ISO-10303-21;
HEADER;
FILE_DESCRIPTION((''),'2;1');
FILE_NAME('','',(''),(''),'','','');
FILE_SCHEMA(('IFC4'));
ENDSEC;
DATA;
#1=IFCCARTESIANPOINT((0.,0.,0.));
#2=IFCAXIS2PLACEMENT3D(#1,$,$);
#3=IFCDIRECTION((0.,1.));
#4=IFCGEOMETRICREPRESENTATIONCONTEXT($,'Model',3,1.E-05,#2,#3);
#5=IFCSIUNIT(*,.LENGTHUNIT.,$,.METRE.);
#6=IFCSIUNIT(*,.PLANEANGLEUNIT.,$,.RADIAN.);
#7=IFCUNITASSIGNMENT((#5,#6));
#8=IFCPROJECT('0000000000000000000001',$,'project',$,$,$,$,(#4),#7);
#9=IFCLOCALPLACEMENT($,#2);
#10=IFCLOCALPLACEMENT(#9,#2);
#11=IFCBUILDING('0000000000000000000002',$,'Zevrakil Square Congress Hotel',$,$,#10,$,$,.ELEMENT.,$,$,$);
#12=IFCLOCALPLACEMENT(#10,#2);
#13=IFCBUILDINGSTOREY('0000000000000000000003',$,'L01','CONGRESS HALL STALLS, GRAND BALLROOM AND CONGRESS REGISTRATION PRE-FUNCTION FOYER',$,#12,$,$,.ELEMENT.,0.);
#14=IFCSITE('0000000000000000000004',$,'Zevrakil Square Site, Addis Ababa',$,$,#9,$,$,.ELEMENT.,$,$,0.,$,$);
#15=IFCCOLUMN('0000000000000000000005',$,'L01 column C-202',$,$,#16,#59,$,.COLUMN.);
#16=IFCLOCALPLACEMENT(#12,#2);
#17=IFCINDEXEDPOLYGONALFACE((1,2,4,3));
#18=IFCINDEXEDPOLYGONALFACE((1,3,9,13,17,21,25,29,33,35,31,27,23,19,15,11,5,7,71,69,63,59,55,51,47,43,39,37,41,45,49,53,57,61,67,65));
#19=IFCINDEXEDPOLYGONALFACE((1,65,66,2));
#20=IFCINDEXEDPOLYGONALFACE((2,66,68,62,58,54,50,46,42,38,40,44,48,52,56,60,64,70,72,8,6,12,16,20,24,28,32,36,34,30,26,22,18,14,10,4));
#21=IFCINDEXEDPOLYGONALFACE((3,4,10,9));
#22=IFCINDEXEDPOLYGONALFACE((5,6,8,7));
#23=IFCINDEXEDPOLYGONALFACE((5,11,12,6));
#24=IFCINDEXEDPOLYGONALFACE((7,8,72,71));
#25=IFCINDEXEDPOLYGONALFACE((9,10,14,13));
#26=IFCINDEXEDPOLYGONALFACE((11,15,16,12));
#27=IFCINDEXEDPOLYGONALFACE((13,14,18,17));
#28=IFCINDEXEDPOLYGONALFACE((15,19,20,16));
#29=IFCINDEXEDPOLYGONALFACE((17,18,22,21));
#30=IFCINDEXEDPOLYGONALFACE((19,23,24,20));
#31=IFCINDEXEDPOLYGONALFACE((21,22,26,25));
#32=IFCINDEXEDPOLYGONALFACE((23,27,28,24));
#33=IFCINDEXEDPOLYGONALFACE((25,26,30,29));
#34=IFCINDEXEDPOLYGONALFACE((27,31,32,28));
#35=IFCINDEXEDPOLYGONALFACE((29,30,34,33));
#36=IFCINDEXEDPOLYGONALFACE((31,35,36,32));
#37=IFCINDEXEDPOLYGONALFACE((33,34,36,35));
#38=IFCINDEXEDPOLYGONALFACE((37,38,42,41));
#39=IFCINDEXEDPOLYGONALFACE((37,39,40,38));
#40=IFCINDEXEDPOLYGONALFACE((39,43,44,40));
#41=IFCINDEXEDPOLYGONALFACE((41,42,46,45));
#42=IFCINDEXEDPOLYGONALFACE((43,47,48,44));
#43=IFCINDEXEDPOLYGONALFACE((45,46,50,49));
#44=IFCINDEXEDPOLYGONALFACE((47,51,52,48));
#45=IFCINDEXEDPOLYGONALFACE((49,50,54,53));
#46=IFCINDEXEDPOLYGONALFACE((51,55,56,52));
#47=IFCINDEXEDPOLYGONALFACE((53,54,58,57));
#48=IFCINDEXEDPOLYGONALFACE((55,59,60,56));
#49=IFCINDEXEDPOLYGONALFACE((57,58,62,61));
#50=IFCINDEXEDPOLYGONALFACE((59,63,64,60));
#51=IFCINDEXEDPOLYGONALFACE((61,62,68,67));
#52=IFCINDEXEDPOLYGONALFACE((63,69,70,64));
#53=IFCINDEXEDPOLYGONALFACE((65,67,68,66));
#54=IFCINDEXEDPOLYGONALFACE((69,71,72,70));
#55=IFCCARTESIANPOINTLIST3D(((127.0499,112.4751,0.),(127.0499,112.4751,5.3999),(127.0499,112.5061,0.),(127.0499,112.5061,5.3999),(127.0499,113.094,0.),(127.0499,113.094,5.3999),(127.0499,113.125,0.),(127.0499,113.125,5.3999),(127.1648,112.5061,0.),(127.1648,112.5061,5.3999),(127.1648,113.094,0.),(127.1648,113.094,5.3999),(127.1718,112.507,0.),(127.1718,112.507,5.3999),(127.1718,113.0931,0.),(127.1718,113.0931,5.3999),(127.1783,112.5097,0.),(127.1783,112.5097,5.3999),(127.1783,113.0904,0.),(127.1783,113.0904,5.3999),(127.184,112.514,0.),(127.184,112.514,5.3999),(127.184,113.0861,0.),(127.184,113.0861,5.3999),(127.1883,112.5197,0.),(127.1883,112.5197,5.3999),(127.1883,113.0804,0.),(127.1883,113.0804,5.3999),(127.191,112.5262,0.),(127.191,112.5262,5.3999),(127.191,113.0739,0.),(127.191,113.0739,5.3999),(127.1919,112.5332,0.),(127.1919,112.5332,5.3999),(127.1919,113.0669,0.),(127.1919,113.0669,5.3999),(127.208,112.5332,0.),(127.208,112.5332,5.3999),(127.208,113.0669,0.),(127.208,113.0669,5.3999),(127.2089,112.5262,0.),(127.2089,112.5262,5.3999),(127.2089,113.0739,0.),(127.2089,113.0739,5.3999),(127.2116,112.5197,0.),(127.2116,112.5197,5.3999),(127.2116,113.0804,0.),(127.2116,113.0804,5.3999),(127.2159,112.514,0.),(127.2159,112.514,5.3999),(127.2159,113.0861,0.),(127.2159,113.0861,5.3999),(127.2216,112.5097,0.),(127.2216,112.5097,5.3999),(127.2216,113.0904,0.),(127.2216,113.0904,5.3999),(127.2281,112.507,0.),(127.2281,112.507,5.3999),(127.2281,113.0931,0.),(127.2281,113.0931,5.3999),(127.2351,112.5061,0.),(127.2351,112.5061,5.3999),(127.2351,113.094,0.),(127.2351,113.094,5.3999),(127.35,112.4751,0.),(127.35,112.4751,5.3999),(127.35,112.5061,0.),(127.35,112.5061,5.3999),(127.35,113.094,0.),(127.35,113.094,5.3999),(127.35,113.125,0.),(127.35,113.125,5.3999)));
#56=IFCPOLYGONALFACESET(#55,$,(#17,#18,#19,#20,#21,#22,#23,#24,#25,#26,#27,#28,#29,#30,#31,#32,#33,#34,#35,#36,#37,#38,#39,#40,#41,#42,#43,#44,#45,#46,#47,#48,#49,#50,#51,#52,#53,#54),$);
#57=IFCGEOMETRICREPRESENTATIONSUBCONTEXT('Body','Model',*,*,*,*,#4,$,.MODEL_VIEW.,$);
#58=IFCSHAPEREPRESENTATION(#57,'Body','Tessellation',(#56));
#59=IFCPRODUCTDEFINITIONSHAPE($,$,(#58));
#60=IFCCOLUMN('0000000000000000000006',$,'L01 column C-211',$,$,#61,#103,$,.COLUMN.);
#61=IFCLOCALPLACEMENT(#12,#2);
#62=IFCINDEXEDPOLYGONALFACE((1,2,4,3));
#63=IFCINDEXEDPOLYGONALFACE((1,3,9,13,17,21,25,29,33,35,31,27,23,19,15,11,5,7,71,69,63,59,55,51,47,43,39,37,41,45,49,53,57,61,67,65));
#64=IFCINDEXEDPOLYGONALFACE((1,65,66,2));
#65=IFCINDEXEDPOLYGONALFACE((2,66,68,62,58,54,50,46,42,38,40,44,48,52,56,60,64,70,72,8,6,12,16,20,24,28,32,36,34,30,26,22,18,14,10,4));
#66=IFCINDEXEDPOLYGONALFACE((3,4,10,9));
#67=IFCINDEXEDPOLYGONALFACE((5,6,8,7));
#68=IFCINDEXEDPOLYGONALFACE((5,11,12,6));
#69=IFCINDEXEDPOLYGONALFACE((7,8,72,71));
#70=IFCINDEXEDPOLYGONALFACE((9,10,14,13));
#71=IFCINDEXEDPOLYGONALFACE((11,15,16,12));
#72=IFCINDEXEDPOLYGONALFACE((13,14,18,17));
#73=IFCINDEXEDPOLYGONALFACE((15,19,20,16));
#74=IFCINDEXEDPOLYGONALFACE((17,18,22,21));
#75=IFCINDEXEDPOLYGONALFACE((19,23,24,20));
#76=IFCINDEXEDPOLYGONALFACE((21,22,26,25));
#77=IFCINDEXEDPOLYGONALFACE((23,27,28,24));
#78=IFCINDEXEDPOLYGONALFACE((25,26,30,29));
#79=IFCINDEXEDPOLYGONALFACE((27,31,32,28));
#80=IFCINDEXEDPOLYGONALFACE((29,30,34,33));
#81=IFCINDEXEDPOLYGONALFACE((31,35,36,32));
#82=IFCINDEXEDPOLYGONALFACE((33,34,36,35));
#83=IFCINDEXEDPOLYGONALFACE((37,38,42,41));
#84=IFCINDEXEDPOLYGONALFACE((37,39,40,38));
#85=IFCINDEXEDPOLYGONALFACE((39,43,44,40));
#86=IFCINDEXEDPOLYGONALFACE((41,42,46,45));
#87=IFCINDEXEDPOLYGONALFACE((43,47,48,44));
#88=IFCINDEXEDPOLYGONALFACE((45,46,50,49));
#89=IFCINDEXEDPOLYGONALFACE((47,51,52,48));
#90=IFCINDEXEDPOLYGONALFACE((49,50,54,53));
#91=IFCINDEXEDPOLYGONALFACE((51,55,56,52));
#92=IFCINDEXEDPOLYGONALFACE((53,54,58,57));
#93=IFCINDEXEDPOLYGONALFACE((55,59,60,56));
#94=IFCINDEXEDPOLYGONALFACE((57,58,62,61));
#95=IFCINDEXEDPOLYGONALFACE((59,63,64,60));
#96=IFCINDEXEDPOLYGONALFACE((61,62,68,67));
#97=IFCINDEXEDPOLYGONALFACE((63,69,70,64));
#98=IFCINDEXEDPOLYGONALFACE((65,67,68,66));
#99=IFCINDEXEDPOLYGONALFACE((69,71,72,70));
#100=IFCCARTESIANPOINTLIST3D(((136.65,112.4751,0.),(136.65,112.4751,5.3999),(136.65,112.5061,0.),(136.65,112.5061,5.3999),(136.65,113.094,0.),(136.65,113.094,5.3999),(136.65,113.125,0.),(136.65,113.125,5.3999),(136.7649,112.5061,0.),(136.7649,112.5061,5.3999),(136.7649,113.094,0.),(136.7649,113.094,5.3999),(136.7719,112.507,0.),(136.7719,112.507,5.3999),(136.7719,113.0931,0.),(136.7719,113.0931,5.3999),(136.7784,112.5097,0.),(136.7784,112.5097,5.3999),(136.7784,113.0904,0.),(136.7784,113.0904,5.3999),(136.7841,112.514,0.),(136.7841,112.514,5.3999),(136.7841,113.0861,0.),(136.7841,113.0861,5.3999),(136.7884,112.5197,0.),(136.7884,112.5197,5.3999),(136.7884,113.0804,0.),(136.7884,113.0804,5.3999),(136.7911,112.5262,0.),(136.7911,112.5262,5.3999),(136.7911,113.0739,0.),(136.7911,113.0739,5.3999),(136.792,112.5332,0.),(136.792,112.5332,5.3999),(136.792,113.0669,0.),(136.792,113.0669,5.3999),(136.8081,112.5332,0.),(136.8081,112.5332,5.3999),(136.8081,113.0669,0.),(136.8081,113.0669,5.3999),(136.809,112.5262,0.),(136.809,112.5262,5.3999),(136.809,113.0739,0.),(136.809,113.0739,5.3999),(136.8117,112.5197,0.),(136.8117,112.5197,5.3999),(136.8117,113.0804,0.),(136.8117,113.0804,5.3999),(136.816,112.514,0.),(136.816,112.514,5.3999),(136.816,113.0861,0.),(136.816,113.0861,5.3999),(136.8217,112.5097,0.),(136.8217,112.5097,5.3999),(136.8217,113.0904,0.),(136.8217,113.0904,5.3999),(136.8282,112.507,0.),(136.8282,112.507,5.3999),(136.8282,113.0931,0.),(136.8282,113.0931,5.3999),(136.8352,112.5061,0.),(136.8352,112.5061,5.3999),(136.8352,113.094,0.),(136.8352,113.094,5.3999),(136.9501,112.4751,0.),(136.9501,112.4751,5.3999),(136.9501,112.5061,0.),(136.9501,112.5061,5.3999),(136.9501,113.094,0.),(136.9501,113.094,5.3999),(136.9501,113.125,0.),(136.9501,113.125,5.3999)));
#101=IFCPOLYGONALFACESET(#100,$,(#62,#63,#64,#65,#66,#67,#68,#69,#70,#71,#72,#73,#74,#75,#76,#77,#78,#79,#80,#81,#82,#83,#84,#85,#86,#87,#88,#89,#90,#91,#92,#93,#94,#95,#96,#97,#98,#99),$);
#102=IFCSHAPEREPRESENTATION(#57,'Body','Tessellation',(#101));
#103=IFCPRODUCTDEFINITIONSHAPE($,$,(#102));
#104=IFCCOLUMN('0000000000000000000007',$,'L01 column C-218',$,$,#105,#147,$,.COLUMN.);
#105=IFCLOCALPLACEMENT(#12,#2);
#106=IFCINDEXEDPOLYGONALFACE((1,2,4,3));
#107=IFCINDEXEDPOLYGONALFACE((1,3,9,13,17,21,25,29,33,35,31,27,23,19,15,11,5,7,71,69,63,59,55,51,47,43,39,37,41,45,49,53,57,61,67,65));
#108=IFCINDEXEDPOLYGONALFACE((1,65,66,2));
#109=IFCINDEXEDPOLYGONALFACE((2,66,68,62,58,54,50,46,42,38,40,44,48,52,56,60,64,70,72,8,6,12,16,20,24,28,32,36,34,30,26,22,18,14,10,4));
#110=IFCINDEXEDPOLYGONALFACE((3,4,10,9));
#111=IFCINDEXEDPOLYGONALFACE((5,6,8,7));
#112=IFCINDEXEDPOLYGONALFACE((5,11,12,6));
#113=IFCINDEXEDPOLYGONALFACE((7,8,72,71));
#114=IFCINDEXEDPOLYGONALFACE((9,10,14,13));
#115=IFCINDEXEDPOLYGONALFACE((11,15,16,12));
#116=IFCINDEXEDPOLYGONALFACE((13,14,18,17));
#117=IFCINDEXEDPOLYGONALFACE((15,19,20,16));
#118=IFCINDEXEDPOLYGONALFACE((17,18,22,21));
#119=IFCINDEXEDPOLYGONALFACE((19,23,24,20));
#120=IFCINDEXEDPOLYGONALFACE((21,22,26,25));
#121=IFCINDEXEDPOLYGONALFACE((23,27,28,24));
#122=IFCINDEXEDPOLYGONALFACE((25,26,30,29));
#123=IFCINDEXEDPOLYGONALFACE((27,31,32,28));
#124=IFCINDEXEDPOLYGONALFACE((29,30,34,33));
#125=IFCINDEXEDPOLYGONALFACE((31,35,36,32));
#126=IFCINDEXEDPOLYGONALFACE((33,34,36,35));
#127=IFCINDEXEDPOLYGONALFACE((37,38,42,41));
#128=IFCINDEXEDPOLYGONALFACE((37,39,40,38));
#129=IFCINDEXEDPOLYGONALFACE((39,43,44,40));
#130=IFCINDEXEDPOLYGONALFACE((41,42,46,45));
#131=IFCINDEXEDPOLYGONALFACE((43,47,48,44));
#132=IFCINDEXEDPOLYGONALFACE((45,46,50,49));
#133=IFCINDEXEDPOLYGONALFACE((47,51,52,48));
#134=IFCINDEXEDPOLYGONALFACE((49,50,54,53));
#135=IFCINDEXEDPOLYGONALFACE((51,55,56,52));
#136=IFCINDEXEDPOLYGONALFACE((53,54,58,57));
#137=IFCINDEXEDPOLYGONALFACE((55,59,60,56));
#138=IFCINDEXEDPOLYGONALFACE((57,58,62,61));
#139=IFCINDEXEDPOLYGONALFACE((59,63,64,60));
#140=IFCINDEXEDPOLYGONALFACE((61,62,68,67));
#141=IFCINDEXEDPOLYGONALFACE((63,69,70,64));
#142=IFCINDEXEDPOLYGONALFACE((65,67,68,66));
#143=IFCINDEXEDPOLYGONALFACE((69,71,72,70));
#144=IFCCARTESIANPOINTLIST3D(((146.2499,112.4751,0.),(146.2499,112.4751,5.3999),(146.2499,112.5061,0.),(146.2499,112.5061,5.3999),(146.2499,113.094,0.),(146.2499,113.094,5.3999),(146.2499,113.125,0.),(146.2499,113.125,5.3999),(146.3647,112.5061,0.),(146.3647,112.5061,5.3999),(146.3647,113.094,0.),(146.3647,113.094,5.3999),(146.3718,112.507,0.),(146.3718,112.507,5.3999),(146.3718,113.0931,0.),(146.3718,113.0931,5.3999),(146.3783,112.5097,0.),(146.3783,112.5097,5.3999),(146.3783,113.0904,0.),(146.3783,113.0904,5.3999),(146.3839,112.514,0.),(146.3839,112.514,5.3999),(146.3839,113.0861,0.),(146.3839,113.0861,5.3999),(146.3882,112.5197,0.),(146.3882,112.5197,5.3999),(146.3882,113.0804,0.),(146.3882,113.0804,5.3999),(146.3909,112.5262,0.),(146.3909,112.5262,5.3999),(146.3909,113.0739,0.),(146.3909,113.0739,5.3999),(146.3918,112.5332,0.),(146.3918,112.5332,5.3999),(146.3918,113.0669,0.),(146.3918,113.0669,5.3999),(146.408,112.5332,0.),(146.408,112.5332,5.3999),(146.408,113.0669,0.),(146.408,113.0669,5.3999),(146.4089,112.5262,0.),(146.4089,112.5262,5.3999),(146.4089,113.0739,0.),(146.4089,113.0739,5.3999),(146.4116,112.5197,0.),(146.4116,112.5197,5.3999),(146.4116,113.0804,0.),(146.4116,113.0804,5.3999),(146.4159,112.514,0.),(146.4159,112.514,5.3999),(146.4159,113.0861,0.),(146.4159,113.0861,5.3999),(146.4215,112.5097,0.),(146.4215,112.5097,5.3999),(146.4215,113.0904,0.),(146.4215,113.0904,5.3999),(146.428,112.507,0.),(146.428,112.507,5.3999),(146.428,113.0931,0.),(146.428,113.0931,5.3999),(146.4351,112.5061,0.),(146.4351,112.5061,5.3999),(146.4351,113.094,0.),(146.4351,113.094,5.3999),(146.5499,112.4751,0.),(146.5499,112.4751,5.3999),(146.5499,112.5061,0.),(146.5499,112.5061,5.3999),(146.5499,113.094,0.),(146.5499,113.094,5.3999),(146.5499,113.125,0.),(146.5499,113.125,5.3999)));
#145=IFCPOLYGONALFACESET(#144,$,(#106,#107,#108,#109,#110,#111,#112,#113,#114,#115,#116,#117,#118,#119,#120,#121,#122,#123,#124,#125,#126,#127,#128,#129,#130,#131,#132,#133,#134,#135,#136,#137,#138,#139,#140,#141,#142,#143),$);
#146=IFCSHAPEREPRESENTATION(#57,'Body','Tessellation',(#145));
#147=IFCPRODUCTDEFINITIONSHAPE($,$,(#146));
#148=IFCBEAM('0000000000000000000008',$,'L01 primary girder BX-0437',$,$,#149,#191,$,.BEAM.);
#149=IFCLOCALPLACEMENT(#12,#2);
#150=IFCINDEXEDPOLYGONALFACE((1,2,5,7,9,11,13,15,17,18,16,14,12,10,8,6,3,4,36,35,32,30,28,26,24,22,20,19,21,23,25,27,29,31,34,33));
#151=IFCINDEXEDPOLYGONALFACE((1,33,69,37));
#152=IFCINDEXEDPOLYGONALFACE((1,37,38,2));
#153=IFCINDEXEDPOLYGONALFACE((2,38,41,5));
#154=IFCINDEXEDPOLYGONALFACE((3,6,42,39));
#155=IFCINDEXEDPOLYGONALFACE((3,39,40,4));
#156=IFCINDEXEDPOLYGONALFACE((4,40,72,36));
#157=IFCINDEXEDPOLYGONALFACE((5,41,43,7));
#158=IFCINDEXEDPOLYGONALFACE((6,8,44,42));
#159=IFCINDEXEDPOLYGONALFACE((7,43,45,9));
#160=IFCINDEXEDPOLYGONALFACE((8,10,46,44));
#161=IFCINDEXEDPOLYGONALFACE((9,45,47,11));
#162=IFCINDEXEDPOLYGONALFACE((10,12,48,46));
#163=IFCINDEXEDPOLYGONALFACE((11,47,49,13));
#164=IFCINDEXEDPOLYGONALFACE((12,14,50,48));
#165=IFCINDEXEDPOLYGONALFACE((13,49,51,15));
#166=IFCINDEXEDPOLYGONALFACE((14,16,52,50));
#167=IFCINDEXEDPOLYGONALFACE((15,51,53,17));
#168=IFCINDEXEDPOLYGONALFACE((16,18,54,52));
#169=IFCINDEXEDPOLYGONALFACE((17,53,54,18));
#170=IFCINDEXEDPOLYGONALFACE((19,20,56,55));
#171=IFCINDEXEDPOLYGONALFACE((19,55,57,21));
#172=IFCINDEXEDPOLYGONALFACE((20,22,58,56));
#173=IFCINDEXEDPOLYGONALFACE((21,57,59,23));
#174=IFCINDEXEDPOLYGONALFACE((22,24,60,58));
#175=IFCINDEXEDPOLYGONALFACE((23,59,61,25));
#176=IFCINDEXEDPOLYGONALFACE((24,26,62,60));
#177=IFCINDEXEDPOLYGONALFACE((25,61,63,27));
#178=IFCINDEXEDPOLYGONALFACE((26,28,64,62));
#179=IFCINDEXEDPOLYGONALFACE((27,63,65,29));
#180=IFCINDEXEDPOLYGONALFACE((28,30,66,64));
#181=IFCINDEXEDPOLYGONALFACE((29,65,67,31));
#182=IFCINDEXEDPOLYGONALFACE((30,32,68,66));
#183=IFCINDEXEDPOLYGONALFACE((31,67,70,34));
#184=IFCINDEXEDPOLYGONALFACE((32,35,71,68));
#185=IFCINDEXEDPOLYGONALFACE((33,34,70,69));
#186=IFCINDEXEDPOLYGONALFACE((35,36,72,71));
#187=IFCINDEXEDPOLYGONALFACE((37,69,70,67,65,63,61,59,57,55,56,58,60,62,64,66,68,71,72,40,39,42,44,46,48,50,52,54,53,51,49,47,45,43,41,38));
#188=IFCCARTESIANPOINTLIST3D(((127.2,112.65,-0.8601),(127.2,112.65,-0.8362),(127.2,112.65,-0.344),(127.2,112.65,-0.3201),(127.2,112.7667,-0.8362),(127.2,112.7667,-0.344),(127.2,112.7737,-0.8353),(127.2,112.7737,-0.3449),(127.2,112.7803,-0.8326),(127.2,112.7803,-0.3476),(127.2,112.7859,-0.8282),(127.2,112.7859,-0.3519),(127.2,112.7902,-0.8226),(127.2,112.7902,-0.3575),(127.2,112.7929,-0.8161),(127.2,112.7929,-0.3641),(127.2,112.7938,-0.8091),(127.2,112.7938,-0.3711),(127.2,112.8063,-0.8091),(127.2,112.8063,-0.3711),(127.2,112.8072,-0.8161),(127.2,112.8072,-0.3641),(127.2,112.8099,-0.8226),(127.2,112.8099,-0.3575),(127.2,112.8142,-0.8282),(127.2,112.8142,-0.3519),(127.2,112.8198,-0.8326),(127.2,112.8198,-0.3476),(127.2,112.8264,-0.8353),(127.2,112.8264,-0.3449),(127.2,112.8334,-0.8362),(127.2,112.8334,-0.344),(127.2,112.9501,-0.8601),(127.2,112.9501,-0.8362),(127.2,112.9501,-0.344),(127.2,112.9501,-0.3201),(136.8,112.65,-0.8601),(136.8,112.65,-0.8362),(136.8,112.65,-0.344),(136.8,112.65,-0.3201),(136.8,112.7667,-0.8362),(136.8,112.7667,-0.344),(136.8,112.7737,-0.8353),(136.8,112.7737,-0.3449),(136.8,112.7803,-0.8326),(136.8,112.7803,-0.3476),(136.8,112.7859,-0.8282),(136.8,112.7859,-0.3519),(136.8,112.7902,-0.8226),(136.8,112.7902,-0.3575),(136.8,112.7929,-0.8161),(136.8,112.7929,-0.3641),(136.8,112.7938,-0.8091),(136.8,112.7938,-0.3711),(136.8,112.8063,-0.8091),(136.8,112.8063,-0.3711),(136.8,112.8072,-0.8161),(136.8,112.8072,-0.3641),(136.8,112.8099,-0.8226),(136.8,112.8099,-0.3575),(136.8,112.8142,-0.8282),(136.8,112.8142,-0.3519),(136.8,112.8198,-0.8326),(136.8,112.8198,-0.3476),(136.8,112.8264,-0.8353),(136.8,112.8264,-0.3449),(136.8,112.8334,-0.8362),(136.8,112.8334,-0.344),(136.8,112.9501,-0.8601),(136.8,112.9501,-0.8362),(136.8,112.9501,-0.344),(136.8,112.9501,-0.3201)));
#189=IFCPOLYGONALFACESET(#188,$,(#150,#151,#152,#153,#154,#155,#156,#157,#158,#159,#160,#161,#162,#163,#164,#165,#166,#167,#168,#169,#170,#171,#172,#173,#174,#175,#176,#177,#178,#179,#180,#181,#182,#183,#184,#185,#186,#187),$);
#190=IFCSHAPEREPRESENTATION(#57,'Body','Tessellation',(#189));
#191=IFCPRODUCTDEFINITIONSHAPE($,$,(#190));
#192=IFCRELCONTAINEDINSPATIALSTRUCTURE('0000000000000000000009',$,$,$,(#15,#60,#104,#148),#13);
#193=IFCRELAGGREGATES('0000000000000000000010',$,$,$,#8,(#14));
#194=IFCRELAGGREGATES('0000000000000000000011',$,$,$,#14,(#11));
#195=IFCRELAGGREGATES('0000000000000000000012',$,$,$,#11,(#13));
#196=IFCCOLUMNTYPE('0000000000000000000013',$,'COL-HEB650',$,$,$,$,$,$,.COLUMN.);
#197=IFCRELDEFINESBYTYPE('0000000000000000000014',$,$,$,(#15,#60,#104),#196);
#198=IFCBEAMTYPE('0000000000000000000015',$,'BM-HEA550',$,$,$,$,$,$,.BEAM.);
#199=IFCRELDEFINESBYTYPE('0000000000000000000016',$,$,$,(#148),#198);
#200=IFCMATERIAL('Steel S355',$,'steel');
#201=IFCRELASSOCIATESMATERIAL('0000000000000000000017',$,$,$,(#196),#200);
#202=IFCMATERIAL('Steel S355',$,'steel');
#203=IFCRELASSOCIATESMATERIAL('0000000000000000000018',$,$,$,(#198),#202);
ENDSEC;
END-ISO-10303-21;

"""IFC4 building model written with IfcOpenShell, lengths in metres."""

from ifc_helpers import new_model, si_unit, direction, frame, origin, origin_2d, place, context, subcontext, project, spatial, i_section, extrude, material, material_profile, profile_set, type_object, element, save


model = new_model("IFC4")

# Units and contexts
model_context = context("Model", 3, precision=1e-05, world=origin(), true_north=direction((0.0, 1.0)))
body_context = subcontext(model_context, "Body", "Model", "MODEL_VIEW")
ifc_project = project(units=[si_unit("LENGTHUNIT", "METRE"), si_unit("PLANEANGLEUNIT", "RADIAN")], contexts=[model_context])

# Site, building, storey
site_placement = place(None, origin())
site = spatial("IfcSite", under=ifc_project, at=site_placement, Name="Zevrakil Square Site, Addis Ababa", CompositionType="ELEMENT", RefElevation=0.0)
building_placement = place(site_placement, origin())
building = spatial("IfcBuilding", under=site, at=building_placement, Name="Zevrakil Square Congress Hotel", CompositionType="ELEMENT")
storey_placement = place(building_placement, origin())
storey = spatial("IfcBuildingStorey", under=building, at=storey_placement, Name="L01", Description="CONGRESS HALL STALLS, GRAND BALLROOM AND CONGRESS REGISTRATION PRE-FUNCTION FOYER", CompositionType="ELEMENT", Elevation=0.0)

# Columns
ifc_material_1 = material(Name="Steel S355", Category="steel")
ifc_material_profile_1 = material_profile(ifc_material_1, i_section(OverallWidth=0.3, OverallDepth=0.6499, WebThickness=0.0161, FlangeThickness=0.031, FilletRadius=0.0271, at=origin_2d()), Name="HEB 650")
ifc_profile_set_1 = profile_set([ifc_material_profile_1], Name="Steel S355")
column_type = type_object("IfcColumnType", Name="COL-HEB650", PredefinedType="COLUMN", material=ifc_profile_set_1)
for number, where, z_axis, x_axis, name in (
    (1, (127.2, 112.8, 0.0), (0.0, 0.0, 1.0), (1.0, 0.0, 0.0), "L01 column C-202"),
    (2, (136.8, 112.8, 0.0), (0.0, 0.0, 1.0), (1.0, 0.0, 0.0), "L01 column C-211"),
    (3, (146.3999, 112.8, 0.0), (0.0, 0.0, 1.0), (1.0, 0.0, 0.0), "L01 column C-218"),
):
    element("IfcColumn", number, at=place(storey_placement, frame(where, z_axis=z_axis, x_axis=x_axis)), inside=storey, type_object=column_type, Name=name, PredefinedType="COLUMN", context=body_context, shape_type="SweptSolid", body=[
        extrude(i_section(OverallWidth=0.3, OverallDepth=0.6499, WebThickness=0.0161, FlangeThickness=0.031, FilletRadius=0.0271, at=origin_2d()), origin(), (0.0, 0.0, 1.0), 5.3999),
    ])

# Beam
ifc_material_2 = material(Name="Steel S355", Category="steel")
ifc_material_profile_2 = material_profile(ifc_material_2, i_section(OverallWidth=0.3, OverallDepth=0.54, WebThickness=0.0125, FlangeThickness=0.0239, FilletRadius=0.0271, at=origin_2d()), Name="HEA 550")
ifc_profile_set_2 = profile_set([ifc_material_profile_2], Name="Steel S355")
beam_type_1 = type_object("IfcBeamType", Name="BM-HEA550", PredefinedType="BEAM", material=ifc_profile_set_2)
beam_1_placement = place(storey_placement, frame((127.2, 112.8, -0.5901), z_axis=(1.0, 0.0, 0.0), x_axis=(0.0, 1.0, 0.0)))
element("IfcBeam", 4, at=beam_1_placement, inside=storey, type_object=beam_type_1, Name="L01 primary girder BX-0437", PredefinedType="BEAM", context=body_context, shape_type="SweptSolid", body=[
    extrude(i_section(OverallWidth=0.3, OverallDepth=0.54, WebThickness=0.0125, FlangeThickness=0.0239, FilletRadius=0.0271, at=origin_2d()), origin(), (0.0, 0.0, 1.0), 9.6001),
])

save(model, "model.ifc")
